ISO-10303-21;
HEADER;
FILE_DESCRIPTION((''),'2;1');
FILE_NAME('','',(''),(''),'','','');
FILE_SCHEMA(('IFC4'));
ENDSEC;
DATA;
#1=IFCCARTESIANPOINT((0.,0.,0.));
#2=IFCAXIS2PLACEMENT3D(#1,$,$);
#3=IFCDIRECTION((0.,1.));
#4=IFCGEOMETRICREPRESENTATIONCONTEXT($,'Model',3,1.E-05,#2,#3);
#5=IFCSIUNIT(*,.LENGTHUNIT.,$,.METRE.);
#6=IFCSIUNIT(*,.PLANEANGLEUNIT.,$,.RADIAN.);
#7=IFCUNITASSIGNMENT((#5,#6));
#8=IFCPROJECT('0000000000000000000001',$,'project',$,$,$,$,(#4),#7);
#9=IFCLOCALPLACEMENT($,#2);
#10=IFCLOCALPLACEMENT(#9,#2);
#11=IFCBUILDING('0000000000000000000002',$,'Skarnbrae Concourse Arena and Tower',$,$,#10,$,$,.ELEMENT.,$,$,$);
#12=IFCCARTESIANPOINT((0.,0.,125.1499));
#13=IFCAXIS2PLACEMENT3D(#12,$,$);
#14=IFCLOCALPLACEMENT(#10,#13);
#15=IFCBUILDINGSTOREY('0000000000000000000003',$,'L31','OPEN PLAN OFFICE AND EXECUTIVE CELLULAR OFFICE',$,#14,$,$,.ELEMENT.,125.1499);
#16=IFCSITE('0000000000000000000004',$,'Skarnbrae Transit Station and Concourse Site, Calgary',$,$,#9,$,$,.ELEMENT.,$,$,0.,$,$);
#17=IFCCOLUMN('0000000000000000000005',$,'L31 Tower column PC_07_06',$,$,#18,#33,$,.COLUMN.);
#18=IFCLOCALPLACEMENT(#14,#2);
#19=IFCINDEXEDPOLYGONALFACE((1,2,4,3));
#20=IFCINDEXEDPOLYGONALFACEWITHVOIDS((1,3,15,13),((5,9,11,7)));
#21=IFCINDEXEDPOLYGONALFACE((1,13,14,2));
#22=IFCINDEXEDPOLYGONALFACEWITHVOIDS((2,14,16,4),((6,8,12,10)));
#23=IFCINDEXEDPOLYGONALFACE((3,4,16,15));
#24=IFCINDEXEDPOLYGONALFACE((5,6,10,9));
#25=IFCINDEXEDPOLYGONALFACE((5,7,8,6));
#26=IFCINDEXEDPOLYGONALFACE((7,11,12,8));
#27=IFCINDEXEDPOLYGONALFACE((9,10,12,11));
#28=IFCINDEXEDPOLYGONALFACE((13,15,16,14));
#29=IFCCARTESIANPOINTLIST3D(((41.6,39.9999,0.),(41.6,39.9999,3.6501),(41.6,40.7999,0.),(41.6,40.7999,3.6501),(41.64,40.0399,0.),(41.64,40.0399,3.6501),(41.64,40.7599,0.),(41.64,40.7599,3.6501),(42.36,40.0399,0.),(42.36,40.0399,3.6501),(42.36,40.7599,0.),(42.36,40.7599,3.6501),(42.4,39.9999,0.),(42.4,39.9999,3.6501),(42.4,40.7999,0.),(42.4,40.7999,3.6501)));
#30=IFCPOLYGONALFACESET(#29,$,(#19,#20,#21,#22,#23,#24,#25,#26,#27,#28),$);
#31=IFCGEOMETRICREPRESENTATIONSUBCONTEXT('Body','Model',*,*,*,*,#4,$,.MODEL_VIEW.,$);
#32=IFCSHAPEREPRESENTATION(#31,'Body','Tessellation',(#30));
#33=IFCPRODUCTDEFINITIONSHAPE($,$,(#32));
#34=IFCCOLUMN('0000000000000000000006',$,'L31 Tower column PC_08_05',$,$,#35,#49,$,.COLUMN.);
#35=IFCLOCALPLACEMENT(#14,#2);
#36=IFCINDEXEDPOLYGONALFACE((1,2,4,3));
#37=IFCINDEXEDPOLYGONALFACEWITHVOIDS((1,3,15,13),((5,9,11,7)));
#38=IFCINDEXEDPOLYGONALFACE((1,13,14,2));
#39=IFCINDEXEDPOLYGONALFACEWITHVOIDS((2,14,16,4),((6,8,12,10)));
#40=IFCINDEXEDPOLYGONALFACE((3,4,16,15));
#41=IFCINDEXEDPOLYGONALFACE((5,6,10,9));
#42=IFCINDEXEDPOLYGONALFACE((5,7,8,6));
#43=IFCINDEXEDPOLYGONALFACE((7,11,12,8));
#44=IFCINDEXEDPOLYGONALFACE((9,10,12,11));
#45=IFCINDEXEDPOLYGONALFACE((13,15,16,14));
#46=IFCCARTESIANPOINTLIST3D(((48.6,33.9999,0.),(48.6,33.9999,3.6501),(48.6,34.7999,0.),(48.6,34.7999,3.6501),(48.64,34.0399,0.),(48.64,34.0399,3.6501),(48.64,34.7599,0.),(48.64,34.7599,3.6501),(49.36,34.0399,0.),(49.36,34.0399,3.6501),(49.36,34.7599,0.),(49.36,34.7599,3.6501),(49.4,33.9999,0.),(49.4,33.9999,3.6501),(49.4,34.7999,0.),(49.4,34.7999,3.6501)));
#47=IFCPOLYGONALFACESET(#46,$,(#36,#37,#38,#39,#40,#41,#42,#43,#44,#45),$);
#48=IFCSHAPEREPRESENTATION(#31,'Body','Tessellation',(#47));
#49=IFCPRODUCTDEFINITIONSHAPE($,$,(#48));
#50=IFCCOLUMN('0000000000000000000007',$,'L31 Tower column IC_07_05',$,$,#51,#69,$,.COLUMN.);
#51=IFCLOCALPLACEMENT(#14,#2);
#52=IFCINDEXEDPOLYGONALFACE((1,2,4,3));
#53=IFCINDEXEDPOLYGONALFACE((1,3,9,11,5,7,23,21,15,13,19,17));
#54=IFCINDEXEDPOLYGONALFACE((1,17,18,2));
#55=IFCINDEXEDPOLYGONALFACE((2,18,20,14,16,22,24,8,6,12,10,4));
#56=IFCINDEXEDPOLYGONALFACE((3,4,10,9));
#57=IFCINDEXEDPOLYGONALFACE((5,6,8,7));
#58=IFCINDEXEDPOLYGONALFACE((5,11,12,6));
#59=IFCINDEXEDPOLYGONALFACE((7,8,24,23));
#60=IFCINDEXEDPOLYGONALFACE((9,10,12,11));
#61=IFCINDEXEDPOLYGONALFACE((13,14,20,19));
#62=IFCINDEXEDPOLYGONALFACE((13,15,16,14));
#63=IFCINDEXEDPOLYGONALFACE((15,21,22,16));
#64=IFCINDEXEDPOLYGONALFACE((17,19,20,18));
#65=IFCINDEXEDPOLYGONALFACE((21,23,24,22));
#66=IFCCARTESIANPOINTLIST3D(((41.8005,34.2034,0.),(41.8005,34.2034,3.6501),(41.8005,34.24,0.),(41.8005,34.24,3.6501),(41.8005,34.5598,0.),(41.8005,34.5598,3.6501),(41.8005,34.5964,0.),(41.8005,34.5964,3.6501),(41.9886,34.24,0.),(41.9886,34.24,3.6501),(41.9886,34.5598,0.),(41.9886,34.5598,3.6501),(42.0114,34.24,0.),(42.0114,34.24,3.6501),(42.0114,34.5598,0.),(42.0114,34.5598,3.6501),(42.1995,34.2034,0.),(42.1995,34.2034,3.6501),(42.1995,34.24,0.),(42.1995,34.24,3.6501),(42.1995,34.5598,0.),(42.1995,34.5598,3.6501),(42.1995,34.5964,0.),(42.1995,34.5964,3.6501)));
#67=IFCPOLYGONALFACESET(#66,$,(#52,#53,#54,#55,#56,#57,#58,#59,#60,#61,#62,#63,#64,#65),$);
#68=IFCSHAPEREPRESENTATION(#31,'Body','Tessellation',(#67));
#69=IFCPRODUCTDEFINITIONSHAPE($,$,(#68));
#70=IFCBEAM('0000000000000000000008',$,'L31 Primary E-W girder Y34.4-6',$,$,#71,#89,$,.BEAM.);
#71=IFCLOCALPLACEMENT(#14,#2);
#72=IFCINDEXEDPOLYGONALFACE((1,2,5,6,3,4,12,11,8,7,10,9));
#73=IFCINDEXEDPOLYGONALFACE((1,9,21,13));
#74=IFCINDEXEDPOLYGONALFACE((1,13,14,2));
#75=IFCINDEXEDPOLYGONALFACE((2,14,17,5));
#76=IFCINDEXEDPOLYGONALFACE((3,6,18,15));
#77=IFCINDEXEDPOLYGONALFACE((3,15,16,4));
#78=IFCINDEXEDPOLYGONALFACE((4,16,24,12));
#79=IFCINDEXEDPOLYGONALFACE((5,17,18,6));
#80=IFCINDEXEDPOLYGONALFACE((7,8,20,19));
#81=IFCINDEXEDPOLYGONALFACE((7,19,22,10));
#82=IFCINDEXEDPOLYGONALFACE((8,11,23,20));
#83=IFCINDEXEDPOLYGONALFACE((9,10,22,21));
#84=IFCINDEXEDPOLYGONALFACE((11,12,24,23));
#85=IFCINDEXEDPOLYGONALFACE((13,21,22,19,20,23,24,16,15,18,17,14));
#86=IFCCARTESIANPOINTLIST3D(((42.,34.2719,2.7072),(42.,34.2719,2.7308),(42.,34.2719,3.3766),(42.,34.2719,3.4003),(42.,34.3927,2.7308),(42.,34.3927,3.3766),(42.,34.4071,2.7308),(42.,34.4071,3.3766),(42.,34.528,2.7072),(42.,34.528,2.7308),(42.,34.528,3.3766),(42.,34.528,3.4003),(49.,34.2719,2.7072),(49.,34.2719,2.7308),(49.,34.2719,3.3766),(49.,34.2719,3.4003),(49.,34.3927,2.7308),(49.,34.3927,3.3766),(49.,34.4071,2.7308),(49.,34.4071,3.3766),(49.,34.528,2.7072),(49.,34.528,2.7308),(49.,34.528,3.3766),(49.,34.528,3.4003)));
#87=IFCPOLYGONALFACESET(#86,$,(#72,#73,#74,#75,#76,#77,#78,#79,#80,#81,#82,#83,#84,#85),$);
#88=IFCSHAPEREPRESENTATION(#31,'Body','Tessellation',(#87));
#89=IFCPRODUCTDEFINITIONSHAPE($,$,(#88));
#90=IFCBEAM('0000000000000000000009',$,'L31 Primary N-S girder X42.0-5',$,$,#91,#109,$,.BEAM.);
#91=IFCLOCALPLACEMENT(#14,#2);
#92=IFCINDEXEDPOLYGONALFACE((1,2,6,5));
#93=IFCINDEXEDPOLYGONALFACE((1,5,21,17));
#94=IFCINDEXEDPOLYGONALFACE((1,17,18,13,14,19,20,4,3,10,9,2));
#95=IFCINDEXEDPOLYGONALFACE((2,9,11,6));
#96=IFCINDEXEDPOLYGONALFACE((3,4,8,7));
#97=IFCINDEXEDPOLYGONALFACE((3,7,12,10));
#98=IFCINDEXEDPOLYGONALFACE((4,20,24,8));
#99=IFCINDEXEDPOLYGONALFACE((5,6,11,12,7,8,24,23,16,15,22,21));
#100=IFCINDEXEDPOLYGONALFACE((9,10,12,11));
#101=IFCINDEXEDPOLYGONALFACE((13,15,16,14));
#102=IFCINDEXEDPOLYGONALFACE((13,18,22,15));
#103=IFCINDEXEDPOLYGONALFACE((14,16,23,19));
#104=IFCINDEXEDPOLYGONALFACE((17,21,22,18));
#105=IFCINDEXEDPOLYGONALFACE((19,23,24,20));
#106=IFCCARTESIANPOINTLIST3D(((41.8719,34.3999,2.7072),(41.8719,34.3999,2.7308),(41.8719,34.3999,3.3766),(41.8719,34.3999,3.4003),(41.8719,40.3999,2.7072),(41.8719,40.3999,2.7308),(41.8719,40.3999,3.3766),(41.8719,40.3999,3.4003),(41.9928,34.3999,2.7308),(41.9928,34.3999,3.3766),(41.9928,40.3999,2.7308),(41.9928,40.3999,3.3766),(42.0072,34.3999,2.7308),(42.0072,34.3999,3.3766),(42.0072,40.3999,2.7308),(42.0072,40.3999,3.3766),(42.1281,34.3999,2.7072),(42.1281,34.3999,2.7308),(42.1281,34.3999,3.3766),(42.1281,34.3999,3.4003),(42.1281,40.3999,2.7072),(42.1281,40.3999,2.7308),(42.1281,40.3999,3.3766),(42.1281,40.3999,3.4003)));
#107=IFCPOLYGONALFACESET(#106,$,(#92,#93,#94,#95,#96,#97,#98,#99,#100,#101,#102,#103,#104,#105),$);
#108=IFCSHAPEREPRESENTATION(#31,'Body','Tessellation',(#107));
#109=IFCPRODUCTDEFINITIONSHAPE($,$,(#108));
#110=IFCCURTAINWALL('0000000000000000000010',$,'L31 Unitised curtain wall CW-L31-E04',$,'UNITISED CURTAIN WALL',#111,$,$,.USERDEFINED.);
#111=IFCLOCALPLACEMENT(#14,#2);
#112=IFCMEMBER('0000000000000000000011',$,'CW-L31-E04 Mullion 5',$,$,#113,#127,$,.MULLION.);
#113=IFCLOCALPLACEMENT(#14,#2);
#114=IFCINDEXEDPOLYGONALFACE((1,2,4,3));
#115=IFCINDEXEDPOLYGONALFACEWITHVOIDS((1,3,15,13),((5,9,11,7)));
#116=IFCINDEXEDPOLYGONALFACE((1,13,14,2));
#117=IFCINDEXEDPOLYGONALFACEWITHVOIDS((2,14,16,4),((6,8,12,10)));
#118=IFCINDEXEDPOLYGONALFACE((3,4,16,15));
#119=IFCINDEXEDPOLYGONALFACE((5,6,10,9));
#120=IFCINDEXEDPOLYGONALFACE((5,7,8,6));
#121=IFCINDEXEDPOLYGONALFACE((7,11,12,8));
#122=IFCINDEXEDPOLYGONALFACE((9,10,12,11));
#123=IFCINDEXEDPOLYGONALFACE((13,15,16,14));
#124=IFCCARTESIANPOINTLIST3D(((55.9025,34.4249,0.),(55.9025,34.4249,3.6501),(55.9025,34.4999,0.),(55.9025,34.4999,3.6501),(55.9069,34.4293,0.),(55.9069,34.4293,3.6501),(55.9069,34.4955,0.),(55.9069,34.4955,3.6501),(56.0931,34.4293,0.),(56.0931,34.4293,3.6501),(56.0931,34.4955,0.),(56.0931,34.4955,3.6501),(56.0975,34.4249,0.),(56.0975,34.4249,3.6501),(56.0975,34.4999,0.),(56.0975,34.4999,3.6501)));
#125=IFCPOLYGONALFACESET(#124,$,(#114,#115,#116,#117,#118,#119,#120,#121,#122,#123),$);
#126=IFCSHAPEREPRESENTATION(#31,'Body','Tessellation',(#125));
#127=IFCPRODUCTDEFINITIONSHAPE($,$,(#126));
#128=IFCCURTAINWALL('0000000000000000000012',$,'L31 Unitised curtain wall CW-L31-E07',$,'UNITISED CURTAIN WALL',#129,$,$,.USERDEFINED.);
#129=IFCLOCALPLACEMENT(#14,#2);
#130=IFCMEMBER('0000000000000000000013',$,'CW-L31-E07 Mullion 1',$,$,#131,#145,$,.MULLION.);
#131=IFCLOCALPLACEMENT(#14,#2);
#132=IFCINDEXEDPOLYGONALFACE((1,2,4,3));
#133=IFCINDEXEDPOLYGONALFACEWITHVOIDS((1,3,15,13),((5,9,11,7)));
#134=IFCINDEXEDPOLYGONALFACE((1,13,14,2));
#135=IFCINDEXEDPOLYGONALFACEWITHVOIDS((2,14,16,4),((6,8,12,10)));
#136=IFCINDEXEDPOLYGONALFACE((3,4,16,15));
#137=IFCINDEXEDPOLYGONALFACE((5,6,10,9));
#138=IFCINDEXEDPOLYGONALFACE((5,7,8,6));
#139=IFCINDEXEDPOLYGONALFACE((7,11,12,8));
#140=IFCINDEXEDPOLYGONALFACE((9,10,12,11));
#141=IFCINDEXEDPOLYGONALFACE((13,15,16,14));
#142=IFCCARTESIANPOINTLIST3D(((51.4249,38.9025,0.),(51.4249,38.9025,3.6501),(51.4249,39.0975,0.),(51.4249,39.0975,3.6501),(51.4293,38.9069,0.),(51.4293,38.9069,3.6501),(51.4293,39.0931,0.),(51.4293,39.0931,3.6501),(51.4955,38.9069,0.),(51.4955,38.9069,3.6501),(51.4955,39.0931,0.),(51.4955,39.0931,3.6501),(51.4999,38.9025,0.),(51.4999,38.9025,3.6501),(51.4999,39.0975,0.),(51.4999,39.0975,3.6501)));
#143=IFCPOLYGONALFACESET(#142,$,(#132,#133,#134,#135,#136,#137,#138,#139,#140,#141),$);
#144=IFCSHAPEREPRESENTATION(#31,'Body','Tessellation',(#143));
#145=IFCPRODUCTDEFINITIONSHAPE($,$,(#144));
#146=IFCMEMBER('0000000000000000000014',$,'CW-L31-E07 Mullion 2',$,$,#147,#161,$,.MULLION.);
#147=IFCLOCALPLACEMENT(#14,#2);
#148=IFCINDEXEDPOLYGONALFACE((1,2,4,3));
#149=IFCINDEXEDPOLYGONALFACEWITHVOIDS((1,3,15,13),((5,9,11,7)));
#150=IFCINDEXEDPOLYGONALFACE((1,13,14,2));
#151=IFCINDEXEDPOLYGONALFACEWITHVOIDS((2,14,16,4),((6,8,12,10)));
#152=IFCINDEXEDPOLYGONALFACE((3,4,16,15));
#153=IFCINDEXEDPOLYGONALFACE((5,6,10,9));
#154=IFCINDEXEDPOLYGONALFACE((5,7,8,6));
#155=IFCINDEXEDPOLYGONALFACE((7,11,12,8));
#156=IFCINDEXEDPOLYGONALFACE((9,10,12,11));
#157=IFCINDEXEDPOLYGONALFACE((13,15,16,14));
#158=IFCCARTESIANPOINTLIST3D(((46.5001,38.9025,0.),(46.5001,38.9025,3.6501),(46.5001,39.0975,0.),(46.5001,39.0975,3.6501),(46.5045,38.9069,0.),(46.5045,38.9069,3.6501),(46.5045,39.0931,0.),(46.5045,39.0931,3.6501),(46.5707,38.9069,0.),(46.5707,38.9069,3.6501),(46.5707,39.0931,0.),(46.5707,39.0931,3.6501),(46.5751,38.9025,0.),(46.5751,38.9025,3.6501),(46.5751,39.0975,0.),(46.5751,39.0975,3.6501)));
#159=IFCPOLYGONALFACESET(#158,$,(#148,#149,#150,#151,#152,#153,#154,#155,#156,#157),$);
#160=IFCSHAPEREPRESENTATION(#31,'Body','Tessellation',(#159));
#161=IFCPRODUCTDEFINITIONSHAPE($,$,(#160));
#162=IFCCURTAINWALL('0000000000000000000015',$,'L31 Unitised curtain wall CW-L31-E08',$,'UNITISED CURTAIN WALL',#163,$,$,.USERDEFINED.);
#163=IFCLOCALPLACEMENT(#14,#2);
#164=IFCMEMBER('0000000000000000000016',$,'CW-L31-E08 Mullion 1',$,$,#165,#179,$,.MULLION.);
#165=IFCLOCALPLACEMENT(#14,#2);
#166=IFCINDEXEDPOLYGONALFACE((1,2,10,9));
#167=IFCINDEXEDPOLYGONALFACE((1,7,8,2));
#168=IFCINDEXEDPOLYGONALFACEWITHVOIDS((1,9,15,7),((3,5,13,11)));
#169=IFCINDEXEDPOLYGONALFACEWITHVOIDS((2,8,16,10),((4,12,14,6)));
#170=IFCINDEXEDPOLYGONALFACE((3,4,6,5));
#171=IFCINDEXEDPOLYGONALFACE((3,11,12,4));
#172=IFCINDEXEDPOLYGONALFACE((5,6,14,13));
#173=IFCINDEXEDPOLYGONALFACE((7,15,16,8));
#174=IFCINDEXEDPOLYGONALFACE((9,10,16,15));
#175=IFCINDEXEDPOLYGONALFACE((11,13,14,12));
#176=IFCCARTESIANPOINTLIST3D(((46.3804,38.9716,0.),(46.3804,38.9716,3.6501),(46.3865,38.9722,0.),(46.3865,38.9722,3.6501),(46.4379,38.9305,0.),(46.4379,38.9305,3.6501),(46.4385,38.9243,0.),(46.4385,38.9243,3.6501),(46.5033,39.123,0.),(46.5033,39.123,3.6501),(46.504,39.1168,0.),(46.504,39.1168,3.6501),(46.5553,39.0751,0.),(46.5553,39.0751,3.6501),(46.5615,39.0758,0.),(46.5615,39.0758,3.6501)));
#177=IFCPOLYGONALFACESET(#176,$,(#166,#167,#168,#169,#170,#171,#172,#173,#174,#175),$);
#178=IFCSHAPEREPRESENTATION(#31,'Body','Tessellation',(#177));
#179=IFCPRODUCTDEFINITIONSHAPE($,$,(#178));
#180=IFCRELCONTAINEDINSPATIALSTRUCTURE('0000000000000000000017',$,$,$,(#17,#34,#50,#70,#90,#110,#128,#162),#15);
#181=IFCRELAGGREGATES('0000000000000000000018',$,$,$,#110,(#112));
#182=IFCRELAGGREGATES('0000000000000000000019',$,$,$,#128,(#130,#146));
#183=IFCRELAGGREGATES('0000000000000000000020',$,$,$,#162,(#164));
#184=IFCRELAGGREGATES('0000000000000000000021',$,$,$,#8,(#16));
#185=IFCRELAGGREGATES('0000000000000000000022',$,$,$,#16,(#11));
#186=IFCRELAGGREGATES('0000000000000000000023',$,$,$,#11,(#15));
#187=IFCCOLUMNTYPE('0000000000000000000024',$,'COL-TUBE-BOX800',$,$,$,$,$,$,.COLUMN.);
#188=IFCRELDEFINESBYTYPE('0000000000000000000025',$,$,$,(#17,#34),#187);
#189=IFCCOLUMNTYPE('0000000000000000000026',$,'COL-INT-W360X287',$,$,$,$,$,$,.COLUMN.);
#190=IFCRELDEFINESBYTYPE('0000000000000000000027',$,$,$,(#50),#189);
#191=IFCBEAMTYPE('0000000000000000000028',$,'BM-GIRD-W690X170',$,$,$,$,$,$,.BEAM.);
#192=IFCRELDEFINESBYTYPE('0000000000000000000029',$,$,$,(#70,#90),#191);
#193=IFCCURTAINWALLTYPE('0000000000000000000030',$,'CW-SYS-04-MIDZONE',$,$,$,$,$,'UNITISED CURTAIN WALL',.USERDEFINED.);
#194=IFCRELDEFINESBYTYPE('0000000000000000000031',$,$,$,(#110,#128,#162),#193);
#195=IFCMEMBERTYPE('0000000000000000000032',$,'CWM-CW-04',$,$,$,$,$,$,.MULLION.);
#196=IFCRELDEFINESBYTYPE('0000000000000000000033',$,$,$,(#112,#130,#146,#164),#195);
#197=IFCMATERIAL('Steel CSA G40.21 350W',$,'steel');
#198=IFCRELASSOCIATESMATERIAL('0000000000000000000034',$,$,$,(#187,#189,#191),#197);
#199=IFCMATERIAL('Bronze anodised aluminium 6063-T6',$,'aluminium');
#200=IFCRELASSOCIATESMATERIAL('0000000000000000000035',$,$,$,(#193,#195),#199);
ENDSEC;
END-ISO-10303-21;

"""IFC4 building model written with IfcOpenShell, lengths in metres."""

from ifc_helpers import new_model, si_unit, direction, frame, origin, origin_2d, place, context, subcontext, project, spatial, hollow_rectangle, i_section, extrude, source, transform, mapped, material, material_profile, profile_set, type_object, element, aggregate, save


model = new_model("IFC4")

# Units and contexts
model_context = context("Model", 3, precision=1e-05, world=origin(), true_north=direction((0.0, 1.0)))
body_context = subcontext(model_context, "Body", "Model", "MODEL_VIEW")
ifc_project = project(units=[si_unit("LENGTHUNIT", "METRE"), si_unit("PLANEANGLEUNIT", "RADIAN")], contexts=[model_context])

# Site, building, storey
site_placement = place(None, origin())
site = spatial("IfcSite", under=ifc_project, at=site_placement, Name="Skarnbrae Transit Station and Concourse Site, Calgary", CompositionType="ELEMENT", RefElevation=0.0)
building_placement = place(site_placement, origin())
building = spatial("IfcBuilding", under=site, at=building_placement, Name="Skarnbrae Concourse Arena and Tower", CompositionType="ELEMENT")
storey_placement = place(building_placement, frame((0.0, 0.0, 125.1499)))
storey = spatial("IfcBuildingStorey", under=building, at=storey_placement, Name="L31", Description="OPEN PLAN OFFICE AND EXECUTIVE CELLULAR OFFICE", CompositionType="ELEMENT", Elevation=125.1499)

# Columns
ifc_material_1 = material(Name="Steel CSA G40.21 350W", Category="steel")
ifc_material_profile_1 = material_profile(ifc_material_1, hollow_rectangle(XDim=0.8, YDim=0.8, WallThickness=0.04, at=origin_2d()), Name="BOX800X800X40")
ifc_profile_set_1 = profile_set([ifc_material_profile_1], Name="Steel CSA G40.21 350W")
column_type_1 = type_object("IfcColumnType", Name="COL-TUBE-BOX800", PredefinedType="COLUMN", material=ifc_profile_set_1)
shared_shape_1 = source(origin(), body_context, "Body", "SweptSolid", [
    extrude(hollow_rectangle(XDim=0.8, YDim=0.8, WallThickness=0.04, at=origin_2d()), origin(), (0.0, 0.0, 1.0), 3.6501),
])
for number, where, z_axis, x_axis, name in (
    (1, (42.0, 40.3999, 0.0), (0.0, 0.0, 1.0), (1.0, 0.0, 0.0), "L31 Tower column PC_07_06"),
    (2, (49.0, 34.3999, 0.0), (0.0, 0.0, 1.0), (1.0, 0.0, 0.0), "L31 Tower column PC_08_05"),
):
    element("IfcColumn", number, at=place(storey_placement, frame(where, z_axis=z_axis, x_axis=x_axis)), inside=storey, type_object=column_type_1, Name=name, PredefinedType="COLUMN", context=body_context, shape_type="MappedRepresentation", body=[
        mapped(shared_shape_1, transform((0.0, 0.0, 0.0))),
    ])
ifc_material_profile_2 = material_profile(ifc_material_1, i_section(OverallWidth=0.3989, OverallDepth=0.3931, WebThickness=0.0227, FlangeThickness=0.0366, at=origin_2d()), Name="W360X287")
ifc_profile_set_2 = profile_set([ifc_material_profile_2], Name="Steel CSA G40.21 350W")
column_type_2 = type_object("IfcColumnType", Name="COL-INT-W360X287", PredefinedType="COLUMN", material=ifc_profile_set_2)
shared_shape_2 = source(origin(), body_context, "Body", "SweptSolid", [
    extrude(i_section(OverallWidth=0.3989, OverallDepth=0.3931, WebThickness=0.0227, FlangeThickness=0.0366, at=origin_2d()), origin(), (0.0, 0.0, 1.0), 3.6501),
])
column_placement = place(storey_placement, frame((42.0, 34.3999, 0.0), z_axis=(0.0, 0.0, 1.0), x_axis=(1.0, 0.0, 0.0)))
element("IfcColumn", 3, at=column_placement, inside=storey, type_object=column_type_2, Name="L31 Tower column IC_07_05", PredefinedType="COLUMN", context=body_context, shape_type="MappedRepresentation", body=[
    mapped(shared_shape_2, transform((0.0, 0.0, 0.0))),
])

# Beams
ifc_material_profile_3 = material_profile(ifc_material_1, i_section(OverallWidth=0.2561, OverallDepth=0.6931, WebThickness=0.0144, FlangeThickness=0.0237, at=origin_2d()), Name="W690X170")
ifc_profile_set_3 = profile_set([ifc_material_profile_3], Name="Steel CSA G40.21 350W")
beam_type = type_object("IfcBeamType", Name="BM-GIRD-W690X170", PredefinedType="BEAM", material=ifc_profile_set_3)
shared_shape_3 = source(origin(), body_context, "Body", "SweptSolid", [
    extrude(i_section(OverallWidth=0.2561, OverallDepth=0.6931, WebThickness=0.0144, FlangeThickness=0.0237, at=origin_2d()), origin(), (0.0, 0.0, 1.0), 7.0),
])
beam_1_placement = place(storey_placement, frame((42.0, 34.3999, 3.0537), z_axis=(1.0, 0.0, 0.0), x_axis=(0.0, 1.0, 0.0)))
element("IfcBeam", 4, at=beam_1_placement, inside=storey, type_object=beam_type, Name="L31 Primary E-W girder Y34.4-6", PredefinedType="BEAM", context=body_context, shape_type="MappedRepresentation", body=[
    mapped(shared_shape_3, transform((0.0, 0.0, 0.0))),
])
shared_shape_4 = source(origin(), body_context, "Body", "SweptSolid", [
    extrude(i_section(OverallWidth=0.2561, OverallDepth=0.6931, WebThickness=0.0144, FlangeThickness=0.0237, at=origin_2d()), origin(), (0.0, 0.0, 1.0), 6.0),
])
beam_2_placement = place(storey_placement, frame((42.0, 34.3999, 3.0537), z_axis=(0.0, 1.0, 0.0), x_axis=(-1.0, 0.0, 0.0)))
element("IfcBeam", 5, at=beam_2_placement, inside=storey, type_object=beam_type, Name="L31 Primary N-S girder X42.0-5", PredefinedType="BEAM", context=body_context, shape_type="MappedRepresentation", body=[
    mapped(shared_shape_4, transform((0.0, 0.0, 0.0))),
])

# Curtain wall, member
ifc_material_2 = material(Name="Bronze anodised aluminium 6063-T6", Category="aluminium")
curtain_wall_type = type_object("IfcCurtainWallType", Name="CW-SYS-04-MIDZONE", ElementType="UNITISED CURTAIN WALL", PredefinedType="USERDEFINED", material=ifc_material_2)
curtain_wall_1_placement = place(storey_placement, origin())
curtain_wall_1 = element("IfcCurtainWall", 6, at=curtain_wall_1_placement, inside=storey, type_object=curtain_wall_type, Name="L31 Unitised curtain wall CW-L31-E04", ObjectType="UNITISED CURTAIN WALL", PredefinedType="USERDEFINED")
ifc_material_profile_4 = material_profile(ifc_material_2, hollow_rectangle(XDim=0.075, YDim=0.1951, WallThickness=0.0044, at=origin_2d()), Name="ALU-MULL-75X195")
ifc_profile_set_4 = profile_set([ifc_material_profile_4], Name="Bronze anodised aluminium 6063-T6")
member_type_1 = type_object("IfcMemberType", Name="CWM-CW-04", PredefinedType="MULLION", material=ifc_profile_set_4)
shared_shape_5 = source(origin(), body_context, "Body", "SweptSolid", [
    extrude(hollow_rectangle(XDim=0.075, YDim=0.1951, WallThickness=0.0044, at=origin_2d()), origin(), (0.0, 0.0, 1.0), 3.6501),
])
member_1_placement = place(storey_placement, frame((56.0, 34.4624, 0.0), z_axis=(0.0, 0.0, 1.0), x_axis=(0.0, 1.0, 0.0)))
member_1 = element("IfcMember", 7, at=member_1_placement, type_object=member_type_1, Name="CW-L31-E04 Mullion 5", PredefinedType="MULLION", context=body_context, shape_type="MappedRepresentation", body=[
    mapped(shared_shape_5, transform((0.0, 0.0, 0.0))),
])
aggregate(curtain_wall_1, [member_1])

# Curtain walls, members
curtain_wall_2_placement = place(storey_placement, origin())
curtain_wall_2 = element("IfcCurtainWall", 8, at=curtain_wall_2_placement, inside=storey, type_object=curtain_wall_type, Name="L31 Unitised curtain wall CW-L31-E07", ObjectType="UNITISED CURTAIN WALL", PredefinedType="USERDEFINED")
member_2_placement = place(storey_placement, frame((51.4624, 39.0, 0.0), z_axis=(0.0, 0.0, 1.0), x_axis=(-1.0, 0.0, 0.0)))
member_2 = element("IfcMember", 9, at=member_2_placement, type_object=member_type_1, Name="CW-L31-E07 Mullion 1", PredefinedType="MULLION", context=body_context, shape_type="MappedRepresentation", body=[
    mapped(shared_shape_5, transform((0.0, 0.0, 0.0))),
])
member_3_placement = place(storey_placement, frame((46.5376, 39.0, 0.0), z_axis=(0.0, 0.0, 1.0), x_axis=(-1.0, 0.0, 0.0)))
member_3 = element("IfcMember", 10, at=member_3_placement, type_object=member_type_1, Name="CW-L31-E07 Mullion 2", PredefinedType="MULLION", context=body_context, shape_type="MappedRepresentation", body=[
    mapped(shared_shape_5, transform((0.0, 0.0, 0.0))),
])
curtain_wall_3_placement = place(storey_placement, origin())
curtain_wall_3 = element("IfcCurtainWall", 11, at=curtain_wall_3_placement, inside=storey, type_object=curtain_wall_type, Name="L31 Unitised curtain wall CW-L31-E08", ObjectType="UNITISED CURTAIN WALL", PredefinedType="USERDEFINED")
member_4_placement = place(storey_placement, frame((46.4709, 39.0237, 0.0), z_axis=(0.0, 0.0, 1.0), x_axis=(-0.776241, 0.630436, 0.0)))
member_4 = element("IfcMember", 12, at=member_4_placement, type_object=member_type_1, Name="CW-L31-E08 Mullion 1", PredefinedType="MULLION", context=body_context, shape_type="MappedRepresentation", body=[
    mapped(shared_shape_5, transform((0.0, 0.0, 0.0))),
])

aggregate(curtain_wall_2, [member_2, member_3])
aggregate(curtain_wall_3, [member_4])

save(model, "model.ifc")
